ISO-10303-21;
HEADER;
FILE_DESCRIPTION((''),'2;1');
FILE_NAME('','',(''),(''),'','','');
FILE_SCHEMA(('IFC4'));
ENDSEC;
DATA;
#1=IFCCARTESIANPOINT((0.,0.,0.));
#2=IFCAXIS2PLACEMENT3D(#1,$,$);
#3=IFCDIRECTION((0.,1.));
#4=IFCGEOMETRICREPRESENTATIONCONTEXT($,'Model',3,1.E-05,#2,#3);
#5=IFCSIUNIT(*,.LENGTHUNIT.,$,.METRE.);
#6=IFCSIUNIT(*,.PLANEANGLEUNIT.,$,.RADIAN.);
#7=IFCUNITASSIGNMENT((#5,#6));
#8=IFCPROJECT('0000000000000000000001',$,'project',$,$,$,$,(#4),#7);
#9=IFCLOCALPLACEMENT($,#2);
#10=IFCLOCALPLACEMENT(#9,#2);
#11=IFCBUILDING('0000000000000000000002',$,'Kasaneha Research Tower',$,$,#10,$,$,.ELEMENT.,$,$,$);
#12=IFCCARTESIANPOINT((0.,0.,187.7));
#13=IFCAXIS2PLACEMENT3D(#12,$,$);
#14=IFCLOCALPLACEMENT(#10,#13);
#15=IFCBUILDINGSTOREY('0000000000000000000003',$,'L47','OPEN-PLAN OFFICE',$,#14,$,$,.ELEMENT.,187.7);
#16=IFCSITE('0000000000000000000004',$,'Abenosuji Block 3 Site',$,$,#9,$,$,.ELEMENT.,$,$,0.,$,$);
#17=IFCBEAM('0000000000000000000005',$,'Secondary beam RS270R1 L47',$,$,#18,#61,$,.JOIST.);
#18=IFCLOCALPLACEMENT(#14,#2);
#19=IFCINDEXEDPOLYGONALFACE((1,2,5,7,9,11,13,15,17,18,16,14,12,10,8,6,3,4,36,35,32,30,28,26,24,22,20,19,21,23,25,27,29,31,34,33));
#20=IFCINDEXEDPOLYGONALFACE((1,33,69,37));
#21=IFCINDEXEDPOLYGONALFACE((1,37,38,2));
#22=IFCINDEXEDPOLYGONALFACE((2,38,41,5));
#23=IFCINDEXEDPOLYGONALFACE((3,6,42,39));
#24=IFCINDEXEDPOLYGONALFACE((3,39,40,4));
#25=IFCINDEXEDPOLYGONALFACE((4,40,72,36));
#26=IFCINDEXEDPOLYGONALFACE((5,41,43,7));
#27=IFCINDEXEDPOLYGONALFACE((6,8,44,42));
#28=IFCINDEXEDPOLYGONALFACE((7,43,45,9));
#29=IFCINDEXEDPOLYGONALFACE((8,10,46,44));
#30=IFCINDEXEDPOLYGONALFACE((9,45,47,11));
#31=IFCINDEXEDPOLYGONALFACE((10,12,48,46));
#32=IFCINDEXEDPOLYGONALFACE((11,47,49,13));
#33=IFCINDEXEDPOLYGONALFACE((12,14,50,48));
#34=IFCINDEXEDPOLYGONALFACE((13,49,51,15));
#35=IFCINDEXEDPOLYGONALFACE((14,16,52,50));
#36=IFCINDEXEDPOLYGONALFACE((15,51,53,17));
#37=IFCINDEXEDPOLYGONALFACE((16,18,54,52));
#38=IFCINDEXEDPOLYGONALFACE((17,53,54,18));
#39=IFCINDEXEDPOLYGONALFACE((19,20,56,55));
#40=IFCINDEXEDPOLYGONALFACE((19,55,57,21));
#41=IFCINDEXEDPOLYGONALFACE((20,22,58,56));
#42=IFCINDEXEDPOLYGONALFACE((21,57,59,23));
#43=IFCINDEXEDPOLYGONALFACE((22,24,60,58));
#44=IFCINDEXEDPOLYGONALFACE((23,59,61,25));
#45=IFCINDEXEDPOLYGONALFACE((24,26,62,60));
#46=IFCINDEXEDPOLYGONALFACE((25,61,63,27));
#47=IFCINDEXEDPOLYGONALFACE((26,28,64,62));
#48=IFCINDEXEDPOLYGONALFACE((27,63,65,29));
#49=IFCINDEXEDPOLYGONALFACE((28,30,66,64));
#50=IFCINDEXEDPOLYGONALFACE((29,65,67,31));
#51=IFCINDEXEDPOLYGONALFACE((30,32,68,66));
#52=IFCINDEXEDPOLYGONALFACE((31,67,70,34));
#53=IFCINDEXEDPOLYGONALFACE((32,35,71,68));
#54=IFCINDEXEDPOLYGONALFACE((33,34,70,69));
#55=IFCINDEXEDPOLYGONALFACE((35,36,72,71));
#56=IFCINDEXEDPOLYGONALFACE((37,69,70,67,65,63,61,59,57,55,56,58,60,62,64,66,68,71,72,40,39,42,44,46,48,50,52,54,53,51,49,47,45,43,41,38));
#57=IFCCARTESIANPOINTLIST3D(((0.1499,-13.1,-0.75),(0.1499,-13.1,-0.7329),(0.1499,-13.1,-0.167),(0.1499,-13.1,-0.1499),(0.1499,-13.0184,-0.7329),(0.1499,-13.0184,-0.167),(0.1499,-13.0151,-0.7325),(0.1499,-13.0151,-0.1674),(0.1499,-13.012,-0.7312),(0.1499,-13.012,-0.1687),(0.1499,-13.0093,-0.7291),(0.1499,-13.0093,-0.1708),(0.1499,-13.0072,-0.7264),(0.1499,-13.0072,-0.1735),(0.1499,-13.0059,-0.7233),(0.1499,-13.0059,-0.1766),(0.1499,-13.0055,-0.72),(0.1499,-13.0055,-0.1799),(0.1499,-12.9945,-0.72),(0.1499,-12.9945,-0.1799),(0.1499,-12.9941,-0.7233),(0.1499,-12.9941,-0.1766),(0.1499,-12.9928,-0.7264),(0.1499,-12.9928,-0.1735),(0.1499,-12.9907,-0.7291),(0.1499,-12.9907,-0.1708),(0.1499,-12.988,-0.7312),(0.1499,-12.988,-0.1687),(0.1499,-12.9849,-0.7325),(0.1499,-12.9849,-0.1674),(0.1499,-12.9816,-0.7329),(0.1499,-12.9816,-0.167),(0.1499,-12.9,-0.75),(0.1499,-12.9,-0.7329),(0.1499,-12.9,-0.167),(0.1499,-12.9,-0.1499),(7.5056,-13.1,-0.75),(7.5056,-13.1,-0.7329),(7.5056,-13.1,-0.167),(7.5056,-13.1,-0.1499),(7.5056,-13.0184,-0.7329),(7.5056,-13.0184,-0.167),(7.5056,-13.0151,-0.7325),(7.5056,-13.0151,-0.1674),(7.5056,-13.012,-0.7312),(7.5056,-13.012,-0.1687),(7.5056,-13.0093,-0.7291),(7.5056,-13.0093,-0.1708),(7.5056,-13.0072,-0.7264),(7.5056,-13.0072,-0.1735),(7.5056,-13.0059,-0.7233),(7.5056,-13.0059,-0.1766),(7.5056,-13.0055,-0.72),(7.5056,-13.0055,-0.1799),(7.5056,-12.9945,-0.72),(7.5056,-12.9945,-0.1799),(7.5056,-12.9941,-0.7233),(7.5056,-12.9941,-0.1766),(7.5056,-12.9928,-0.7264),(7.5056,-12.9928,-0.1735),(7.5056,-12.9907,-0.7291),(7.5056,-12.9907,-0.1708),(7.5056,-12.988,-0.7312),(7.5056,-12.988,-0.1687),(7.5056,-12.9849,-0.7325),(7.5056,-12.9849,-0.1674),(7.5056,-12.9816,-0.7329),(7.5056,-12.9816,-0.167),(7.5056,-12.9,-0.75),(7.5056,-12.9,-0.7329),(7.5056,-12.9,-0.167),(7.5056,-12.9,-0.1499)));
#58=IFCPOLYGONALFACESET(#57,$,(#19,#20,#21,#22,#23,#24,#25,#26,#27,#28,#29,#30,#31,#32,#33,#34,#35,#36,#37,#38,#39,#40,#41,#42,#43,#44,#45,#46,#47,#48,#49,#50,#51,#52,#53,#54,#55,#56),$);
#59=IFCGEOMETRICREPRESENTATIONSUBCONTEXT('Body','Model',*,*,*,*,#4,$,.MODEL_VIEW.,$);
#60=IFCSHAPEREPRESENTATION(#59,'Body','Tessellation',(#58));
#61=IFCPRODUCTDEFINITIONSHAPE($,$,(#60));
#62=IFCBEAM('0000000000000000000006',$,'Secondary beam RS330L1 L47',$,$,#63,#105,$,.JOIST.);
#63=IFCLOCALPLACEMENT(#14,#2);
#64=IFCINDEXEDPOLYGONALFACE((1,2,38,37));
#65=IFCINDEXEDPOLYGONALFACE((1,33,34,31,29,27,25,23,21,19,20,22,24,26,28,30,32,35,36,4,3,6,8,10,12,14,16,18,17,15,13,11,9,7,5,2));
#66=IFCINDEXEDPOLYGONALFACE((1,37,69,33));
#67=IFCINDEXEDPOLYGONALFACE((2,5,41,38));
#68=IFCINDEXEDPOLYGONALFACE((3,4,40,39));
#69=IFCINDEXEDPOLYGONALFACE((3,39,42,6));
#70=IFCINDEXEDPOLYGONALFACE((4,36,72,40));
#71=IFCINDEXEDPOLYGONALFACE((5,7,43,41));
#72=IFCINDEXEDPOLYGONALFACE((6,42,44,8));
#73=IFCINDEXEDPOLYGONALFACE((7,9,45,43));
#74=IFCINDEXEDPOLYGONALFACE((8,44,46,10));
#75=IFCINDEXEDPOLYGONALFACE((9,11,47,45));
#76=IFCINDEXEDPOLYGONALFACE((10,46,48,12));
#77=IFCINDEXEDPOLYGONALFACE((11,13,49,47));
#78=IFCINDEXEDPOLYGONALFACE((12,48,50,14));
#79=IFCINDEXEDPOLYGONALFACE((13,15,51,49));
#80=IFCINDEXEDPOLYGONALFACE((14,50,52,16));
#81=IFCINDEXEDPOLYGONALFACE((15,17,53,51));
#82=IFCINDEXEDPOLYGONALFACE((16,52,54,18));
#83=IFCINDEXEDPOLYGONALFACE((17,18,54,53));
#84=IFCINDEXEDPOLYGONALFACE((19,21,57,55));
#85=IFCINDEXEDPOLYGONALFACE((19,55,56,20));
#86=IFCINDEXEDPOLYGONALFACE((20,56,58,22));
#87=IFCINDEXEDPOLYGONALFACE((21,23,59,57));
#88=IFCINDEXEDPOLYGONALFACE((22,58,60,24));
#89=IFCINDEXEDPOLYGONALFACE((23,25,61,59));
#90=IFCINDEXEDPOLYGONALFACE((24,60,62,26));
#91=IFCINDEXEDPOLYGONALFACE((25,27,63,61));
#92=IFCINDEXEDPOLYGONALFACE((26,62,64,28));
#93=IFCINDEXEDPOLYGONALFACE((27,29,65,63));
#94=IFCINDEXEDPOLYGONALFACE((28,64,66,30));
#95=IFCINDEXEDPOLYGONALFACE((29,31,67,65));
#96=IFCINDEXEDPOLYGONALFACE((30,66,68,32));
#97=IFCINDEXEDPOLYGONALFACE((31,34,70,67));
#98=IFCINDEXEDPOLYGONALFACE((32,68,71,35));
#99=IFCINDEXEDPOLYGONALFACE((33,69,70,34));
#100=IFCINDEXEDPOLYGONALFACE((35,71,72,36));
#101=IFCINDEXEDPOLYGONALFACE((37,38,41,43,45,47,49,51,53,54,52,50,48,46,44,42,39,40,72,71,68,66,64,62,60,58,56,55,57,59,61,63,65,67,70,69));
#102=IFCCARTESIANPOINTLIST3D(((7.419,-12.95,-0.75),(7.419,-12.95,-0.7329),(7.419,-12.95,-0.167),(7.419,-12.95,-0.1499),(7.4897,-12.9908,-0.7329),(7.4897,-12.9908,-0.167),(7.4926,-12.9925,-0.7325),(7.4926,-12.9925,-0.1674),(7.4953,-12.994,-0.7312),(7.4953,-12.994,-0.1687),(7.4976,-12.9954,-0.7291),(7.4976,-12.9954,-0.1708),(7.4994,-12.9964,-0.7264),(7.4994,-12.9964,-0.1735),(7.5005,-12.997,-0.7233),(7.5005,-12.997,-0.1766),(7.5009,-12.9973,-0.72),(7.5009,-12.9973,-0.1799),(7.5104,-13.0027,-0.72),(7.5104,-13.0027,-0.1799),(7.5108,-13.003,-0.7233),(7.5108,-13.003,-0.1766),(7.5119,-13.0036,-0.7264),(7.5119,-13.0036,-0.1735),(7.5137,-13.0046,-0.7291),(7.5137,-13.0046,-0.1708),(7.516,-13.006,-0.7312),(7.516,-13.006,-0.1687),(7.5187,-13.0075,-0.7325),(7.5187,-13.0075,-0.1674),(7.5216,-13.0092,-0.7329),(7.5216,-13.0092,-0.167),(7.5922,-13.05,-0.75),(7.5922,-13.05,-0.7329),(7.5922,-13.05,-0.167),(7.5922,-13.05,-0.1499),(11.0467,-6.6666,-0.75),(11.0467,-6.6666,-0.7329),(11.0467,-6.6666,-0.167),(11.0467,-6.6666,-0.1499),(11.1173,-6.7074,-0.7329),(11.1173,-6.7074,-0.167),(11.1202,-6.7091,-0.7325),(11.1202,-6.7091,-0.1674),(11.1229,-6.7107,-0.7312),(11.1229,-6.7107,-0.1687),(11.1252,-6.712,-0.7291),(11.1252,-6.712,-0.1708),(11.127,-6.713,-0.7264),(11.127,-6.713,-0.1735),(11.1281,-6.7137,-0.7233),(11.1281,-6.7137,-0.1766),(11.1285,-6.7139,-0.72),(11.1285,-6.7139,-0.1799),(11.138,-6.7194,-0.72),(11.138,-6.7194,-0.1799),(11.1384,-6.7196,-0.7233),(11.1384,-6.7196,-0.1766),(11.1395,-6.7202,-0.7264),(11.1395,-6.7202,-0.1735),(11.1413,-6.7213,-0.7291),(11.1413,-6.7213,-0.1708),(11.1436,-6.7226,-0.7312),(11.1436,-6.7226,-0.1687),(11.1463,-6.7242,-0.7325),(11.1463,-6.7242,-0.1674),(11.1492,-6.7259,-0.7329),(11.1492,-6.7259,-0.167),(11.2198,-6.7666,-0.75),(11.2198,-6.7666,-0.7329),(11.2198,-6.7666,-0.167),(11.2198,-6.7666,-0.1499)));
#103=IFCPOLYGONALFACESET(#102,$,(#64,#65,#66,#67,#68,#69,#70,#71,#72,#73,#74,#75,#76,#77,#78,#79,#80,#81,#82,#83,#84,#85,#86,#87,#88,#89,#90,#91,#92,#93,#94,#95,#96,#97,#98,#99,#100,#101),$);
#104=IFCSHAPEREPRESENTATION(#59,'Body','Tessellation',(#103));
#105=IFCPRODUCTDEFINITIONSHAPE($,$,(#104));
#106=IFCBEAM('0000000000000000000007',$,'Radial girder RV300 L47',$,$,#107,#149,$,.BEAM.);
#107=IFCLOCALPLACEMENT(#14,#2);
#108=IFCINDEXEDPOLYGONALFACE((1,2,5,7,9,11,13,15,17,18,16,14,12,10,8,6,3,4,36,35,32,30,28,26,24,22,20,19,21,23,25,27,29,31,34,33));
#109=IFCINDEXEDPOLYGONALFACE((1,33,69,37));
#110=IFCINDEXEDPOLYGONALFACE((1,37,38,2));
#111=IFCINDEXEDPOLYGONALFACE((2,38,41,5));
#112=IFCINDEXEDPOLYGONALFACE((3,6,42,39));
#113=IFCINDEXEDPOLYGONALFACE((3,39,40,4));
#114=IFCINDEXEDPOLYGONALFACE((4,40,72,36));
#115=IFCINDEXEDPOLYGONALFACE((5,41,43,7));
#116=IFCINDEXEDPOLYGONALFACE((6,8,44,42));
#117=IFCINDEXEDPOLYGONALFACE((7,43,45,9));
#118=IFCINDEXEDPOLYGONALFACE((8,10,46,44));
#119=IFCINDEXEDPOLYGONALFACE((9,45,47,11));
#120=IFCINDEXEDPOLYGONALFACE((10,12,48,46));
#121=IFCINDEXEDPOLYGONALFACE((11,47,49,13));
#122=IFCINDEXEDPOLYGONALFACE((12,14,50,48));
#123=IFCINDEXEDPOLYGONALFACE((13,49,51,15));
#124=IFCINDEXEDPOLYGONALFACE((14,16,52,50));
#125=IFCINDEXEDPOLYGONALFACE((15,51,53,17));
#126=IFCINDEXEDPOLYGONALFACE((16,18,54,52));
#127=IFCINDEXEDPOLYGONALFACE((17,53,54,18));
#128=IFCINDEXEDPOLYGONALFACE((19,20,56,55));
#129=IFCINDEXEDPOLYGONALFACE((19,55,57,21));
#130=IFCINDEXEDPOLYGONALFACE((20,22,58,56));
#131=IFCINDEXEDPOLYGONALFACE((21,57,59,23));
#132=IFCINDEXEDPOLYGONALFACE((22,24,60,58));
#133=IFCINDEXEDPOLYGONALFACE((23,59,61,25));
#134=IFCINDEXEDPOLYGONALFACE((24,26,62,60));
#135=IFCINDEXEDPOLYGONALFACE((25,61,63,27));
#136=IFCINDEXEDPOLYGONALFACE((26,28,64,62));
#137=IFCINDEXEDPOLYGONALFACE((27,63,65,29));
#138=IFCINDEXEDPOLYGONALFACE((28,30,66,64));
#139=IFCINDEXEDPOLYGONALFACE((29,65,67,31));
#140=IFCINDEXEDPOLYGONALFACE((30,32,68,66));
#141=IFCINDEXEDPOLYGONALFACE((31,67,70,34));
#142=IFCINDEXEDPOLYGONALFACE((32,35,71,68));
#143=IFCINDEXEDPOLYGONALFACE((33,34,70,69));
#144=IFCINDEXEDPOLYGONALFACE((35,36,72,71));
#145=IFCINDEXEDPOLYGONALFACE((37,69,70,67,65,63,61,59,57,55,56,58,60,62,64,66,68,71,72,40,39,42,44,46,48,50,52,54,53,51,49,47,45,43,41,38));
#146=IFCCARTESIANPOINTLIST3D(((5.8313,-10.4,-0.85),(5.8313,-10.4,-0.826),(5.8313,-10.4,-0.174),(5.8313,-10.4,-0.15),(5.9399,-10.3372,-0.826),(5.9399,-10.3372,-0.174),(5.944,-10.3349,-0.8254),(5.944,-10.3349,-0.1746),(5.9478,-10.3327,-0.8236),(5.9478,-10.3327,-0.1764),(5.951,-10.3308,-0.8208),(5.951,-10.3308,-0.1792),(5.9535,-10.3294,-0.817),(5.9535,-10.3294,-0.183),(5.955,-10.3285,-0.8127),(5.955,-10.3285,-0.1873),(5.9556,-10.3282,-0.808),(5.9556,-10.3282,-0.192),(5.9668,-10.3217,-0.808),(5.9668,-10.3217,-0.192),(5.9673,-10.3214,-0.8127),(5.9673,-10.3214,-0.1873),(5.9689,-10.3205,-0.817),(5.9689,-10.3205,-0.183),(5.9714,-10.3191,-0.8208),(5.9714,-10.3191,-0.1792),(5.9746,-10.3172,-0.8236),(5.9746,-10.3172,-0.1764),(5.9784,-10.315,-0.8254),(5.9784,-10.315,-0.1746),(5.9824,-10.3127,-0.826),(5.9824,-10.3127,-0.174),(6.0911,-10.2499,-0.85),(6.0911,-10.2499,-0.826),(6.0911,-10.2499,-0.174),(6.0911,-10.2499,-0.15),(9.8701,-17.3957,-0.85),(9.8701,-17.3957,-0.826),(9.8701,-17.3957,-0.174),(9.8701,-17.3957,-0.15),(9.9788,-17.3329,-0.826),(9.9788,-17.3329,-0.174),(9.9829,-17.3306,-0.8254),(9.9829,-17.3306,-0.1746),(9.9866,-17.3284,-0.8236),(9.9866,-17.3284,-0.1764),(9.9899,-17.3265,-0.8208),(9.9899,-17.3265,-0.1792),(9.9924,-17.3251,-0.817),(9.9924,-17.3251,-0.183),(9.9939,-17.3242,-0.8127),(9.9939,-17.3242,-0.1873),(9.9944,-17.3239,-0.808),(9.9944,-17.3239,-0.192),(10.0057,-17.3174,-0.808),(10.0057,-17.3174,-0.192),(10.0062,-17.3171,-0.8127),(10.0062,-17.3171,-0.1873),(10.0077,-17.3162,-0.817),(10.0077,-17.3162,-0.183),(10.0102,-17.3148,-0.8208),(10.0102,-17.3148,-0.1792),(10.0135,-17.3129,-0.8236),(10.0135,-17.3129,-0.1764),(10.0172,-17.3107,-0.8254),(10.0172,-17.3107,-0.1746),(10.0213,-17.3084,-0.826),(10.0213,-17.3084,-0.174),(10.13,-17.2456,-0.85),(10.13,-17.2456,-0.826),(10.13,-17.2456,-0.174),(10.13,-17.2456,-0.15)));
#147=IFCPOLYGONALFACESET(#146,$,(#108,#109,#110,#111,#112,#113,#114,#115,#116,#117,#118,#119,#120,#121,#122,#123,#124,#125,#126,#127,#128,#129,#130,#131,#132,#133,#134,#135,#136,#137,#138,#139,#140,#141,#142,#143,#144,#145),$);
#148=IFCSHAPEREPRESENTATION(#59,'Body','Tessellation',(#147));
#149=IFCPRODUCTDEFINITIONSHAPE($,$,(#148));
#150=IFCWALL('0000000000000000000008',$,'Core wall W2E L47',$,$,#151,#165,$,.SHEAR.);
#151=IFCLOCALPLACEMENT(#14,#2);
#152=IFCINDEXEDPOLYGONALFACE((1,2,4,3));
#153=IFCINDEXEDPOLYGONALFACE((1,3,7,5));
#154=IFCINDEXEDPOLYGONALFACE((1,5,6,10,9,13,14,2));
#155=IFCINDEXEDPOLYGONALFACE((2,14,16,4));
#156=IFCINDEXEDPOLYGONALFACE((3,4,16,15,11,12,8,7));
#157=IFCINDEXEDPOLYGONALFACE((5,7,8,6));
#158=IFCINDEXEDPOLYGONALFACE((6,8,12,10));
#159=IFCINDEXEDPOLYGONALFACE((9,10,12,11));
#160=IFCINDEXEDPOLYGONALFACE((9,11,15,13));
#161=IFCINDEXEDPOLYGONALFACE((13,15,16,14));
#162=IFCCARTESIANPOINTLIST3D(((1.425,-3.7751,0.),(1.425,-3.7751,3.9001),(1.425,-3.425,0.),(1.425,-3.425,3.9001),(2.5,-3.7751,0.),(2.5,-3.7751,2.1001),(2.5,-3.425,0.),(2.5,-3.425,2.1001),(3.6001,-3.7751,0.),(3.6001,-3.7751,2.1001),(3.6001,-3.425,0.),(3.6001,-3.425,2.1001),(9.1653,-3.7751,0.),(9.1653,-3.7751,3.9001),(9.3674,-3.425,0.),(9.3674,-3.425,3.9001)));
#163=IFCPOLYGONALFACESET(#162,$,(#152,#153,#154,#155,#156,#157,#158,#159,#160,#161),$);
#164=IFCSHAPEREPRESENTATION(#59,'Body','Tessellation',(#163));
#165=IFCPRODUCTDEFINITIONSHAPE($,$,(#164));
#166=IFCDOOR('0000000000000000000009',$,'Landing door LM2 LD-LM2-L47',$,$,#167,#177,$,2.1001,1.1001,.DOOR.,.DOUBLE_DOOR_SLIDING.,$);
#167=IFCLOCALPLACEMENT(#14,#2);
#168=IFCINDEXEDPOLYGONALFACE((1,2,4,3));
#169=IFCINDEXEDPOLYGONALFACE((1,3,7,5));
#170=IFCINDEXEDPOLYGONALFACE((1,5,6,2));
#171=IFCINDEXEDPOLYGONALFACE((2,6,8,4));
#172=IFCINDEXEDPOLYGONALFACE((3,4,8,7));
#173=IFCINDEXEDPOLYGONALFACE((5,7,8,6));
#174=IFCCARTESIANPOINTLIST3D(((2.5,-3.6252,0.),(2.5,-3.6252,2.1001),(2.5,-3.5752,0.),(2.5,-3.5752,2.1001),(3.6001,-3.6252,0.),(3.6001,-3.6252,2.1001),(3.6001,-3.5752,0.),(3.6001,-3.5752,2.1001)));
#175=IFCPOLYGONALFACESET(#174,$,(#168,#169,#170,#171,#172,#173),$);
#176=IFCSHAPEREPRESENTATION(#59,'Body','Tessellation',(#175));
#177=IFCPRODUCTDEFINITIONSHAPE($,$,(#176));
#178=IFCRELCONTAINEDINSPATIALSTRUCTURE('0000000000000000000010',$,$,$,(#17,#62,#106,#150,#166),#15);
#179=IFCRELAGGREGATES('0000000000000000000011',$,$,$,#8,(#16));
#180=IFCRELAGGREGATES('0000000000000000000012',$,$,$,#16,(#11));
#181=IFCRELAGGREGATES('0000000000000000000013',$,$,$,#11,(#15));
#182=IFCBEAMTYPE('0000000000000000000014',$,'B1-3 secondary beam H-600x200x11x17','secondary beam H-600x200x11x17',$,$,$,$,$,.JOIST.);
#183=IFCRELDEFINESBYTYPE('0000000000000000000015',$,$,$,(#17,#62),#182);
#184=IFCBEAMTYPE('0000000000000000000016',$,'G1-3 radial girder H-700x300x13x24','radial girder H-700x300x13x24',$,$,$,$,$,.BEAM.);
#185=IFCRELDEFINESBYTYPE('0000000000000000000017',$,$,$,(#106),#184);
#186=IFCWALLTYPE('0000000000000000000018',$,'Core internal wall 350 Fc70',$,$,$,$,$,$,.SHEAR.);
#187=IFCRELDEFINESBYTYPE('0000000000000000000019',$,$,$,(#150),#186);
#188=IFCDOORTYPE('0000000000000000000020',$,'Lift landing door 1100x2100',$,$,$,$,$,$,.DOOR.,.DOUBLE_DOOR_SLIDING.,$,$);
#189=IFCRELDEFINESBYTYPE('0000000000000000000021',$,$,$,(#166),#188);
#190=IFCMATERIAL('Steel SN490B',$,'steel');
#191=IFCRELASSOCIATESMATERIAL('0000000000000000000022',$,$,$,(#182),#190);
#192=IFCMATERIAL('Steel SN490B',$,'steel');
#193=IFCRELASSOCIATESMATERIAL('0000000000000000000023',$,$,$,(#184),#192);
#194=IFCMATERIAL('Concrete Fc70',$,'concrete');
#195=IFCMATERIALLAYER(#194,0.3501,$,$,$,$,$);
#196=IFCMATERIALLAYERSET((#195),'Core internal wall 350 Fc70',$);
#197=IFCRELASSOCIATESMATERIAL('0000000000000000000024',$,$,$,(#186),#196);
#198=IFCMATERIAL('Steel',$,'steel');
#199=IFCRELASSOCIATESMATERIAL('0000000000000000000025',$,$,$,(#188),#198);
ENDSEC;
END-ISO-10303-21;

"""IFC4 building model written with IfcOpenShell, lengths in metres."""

from ifc_helpers import new_model, si_unit, direction, frame, frame_2d, origin, origin_2d, place, context, subcontext, project, spatial, polyline, rectangle, i_section, outline, extrude, material, layer, layer_set, material_profile, profile_set, type_object, element, fill, save


model = new_model("IFC4")

# Units and contexts
model_context = context("Model", 3, precision=1e-05, world=origin(), true_north=direction((0.0, 1.0)))
body_context = subcontext(model_context, "Body", "Model", "MODEL_VIEW")
ifc_project = project(units=[si_unit("LENGTHUNIT", "METRE"), si_unit("PLANEANGLEUNIT", "RADIAN")], contexts=[model_context])

# Site, building, storey
site_placement = place(None, origin())
site = spatial("IfcSite", under=ifc_project, at=site_placement, Name="Abenosuji Block 3 Site", CompositionType="ELEMENT", RefElevation=0.0)
building_placement = place(site_placement, origin())
building = spatial("IfcBuilding", under=site, at=building_placement, Name="Kasaneha Research Tower", CompositionType="ELEMENT")
storey_placement = place(building_placement, frame((0.0, 0.0, 187.7)))
storey = spatial("IfcBuildingStorey", under=building, at=storey_placement, Name="L47", Description="OPEN-PLAN OFFICE", CompositionType="ELEMENT", Elevation=187.7)

# Beams
ifc_material_1 = material(Name="Steel SN490B", Category="steel")
ifc_material_profile_1 = material_profile(ifc_material_1, i_section(OverallWidth=0.2, OverallDepth=0.6001, WebThickness=0.011, FlangeThickness=0.0171, FilletRadius=0.0129, at=origin_2d()), Name="H-600x200x11x17")
ifc_profile_set_1 = profile_set([ifc_material_profile_1], Name="Steel SN490B")
beam_type_1 = type_object("IfcBeamType", Name="B1-3 secondary beam H-600x200x11x17", Description="secondary beam H-600x200x11x17", PredefinedType="JOIST", material=ifc_profile_set_1)
beam_1_placement = place(storey_placement, frame((7.5056, -13.0, -0.45), z_axis=(-1.0, 0.0, 0.0), x_axis=(0.0, -1.0, 0.0)))
element("IfcBeam", 1, at=beam_1_placement, inside=storey, type_object=beam_type_1, Name="Secondary beam RS270R1 L47", PredefinedType="JOIST", context=body_context, shape_type="SweptSolid", body=[
    extrude(i_section(OverallWidth=0.2, OverallDepth=0.6001, WebThickness=0.011, FlangeThickness=0.0171, FilletRadius=0.0129, at=origin_2d()), origin(), (0.0, 0.0, 1.0), 7.3557),
])
beam_2_placement = place(storey_placement, frame((7.5056, -13.0, -0.45), z_axis=(0.499993, 0.866029, 0.0), x_axis=(-0.866029, 0.499993, 0.0)))
element("IfcBeam", 2, at=beam_2_placement, inside=storey, type_object=beam_type_1, Name="Secondary beam RS330L1 L47", PredefinedType="JOIST", context=body_context, shape_type="SweptSolid", body=[
    extrude(i_section(OverallWidth=0.2, OverallDepth=0.6001, WebThickness=0.011, FlangeThickness=0.0171, FilletRadius=0.0129, at=origin_2d()), origin(), (0.0, 0.0, 1.0), 7.2554),
])
ifc_material_2 = material(Name="Steel SN490B", Category="steel")
ifc_material_profile_2 = material_profile(ifc_material_2, i_section(OverallWidth=0.3, OverallDepth=0.7, WebThickness=0.0129, FlangeThickness=0.0239, FilletRadius=0.0181, at=origin_2d()), Name="H-700x300x13x24")
ifc_profile_set_2 = profile_set([ifc_material_profile_2], Name="Steel SN490B")
beam_type_2 = type_object("IfcBeamType", Name="G1-3 radial girder H-700x300x13x24", Description="radial girder H-700x300x13x24", PredefinedType="BEAM", material=ifc_profile_set_2)
beam_3_placement = place(storey_placement, frame((5.9612, -10.325, -0.5), z_axis=(0.499991, -0.866031, 0.0), x_axis=(0.866031, 0.499991, 0.0)))
element("IfcBeam", 3, at=beam_3_placement, inside=storey, type_object=beam_type_2, Name="Radial girder RV300 L47", PredefinedType="BEAM", context=body_context, shape_type="SweptSolid", body=[
    extrude(i_section(OverallWidth=0.3, OverallDepth=0.7, WebThickness=0.0129, FlangeThickness=0.0239, FilletRadius=0.0181, at=origin_2d()), origin(), (0.0, 0.0, 1.0), 8.0779),
])

# Wall, opening, door
ifc_material_3 = material(Name="Concrete Fc70", Category="concrete")
ifc_layer_1 = layer(ifc_material_3, 0.3501)
ifc_layer_set_1 = layer_set([ifc_layer_1], Name="Core internal wall 350 Fc70")
wall_type_1 = type_object("IfcWallType", Name="Core internal wall 350 Fc70", PredefinedType="SHEAR", material=ifc_layer_set_1)
wall_1_placement = place(storey_placement, frame((1.425, -3.6001, 0.0), z_axis=(0.0, 0.0, 1.0), x_axis=(1.0, 0.0, 0.0)))
wall_1 = element("IfcWall", 4, at=wall_1_placement, inside=storey, type_object=wall_type_1, Name="Core wall W2E L47", PredefinedType="SHEAR", context=body_context, shape_type="SweptSolid", body=[
    extrude(outline(polyline([(0.0, -0.175), (1.075, -0.175), (2.175, -0.175), (7.7402, -0.175), (7.9424, 0.175), (2.175, 0.175), (1.075, 0.175), (0.0, 0.175), (0.0, -0.175)])), origin(), (0.0, 0.0, 1.0), 3.9001),
])
opening_1_placement = place(wall_1_placement, frame((1.075, 0.0, 0.0)))
opening_1 = element("IfcOpeningElement", 5, at=opening_1_placement, cuts=wall_1, PredefinedType="OPENING", context=body_context, shape_type="SweptSolid", body=[
    extrude(rectangle(XDim=1.1001, YDim=2.1001, at=frame_2d((0.55, 1.05))), frame((0.0, 0.1851, 0.0), z_axis=(0.0, -1.0, 0.0), x_axis=(1.0, 0.0, 0.0)), (0.0, 0.0, 1.0), 0.3701),
])
ifc_material_4 = material(Name="Steel", Category="steel")
door_type_1 = type_object("IfcDoorType", Name="Lift landing door 1100x2100", OperationType="DOUBLE_DOOR_SLIDING", PredefinedType="DOOR", material=ifc_material_4)
door_1_placement = place(opening_1_placement, origin())
door_1 = element("IfcDoor", 6, at=door_1_placement, inside=storey, type_object=door_type_1, Name="Landing door LM2 LD-LM2-L47", OperationType="DOUBLE_DOOR_SLIDING", OverallHeight=2.1001, OverallWidth=1.1001, PredefinedType="DOOR", context=body_context, shape_type="SweptSolid", body=[
    extrude(rectangle(XDim=1.1001, YDim=2.1001, at=frame_2d((0.55, 1.05))), frame((0.0, 0.0249, 0.0), z_axis=(0.0, -1.0, 0.0), x_axis=(1.0, 0.0, 0.0)), (0.0, 0.0, 1.0), 0.05),
])
fill(opening_1, door_1)

save(model, "model.ifc")
